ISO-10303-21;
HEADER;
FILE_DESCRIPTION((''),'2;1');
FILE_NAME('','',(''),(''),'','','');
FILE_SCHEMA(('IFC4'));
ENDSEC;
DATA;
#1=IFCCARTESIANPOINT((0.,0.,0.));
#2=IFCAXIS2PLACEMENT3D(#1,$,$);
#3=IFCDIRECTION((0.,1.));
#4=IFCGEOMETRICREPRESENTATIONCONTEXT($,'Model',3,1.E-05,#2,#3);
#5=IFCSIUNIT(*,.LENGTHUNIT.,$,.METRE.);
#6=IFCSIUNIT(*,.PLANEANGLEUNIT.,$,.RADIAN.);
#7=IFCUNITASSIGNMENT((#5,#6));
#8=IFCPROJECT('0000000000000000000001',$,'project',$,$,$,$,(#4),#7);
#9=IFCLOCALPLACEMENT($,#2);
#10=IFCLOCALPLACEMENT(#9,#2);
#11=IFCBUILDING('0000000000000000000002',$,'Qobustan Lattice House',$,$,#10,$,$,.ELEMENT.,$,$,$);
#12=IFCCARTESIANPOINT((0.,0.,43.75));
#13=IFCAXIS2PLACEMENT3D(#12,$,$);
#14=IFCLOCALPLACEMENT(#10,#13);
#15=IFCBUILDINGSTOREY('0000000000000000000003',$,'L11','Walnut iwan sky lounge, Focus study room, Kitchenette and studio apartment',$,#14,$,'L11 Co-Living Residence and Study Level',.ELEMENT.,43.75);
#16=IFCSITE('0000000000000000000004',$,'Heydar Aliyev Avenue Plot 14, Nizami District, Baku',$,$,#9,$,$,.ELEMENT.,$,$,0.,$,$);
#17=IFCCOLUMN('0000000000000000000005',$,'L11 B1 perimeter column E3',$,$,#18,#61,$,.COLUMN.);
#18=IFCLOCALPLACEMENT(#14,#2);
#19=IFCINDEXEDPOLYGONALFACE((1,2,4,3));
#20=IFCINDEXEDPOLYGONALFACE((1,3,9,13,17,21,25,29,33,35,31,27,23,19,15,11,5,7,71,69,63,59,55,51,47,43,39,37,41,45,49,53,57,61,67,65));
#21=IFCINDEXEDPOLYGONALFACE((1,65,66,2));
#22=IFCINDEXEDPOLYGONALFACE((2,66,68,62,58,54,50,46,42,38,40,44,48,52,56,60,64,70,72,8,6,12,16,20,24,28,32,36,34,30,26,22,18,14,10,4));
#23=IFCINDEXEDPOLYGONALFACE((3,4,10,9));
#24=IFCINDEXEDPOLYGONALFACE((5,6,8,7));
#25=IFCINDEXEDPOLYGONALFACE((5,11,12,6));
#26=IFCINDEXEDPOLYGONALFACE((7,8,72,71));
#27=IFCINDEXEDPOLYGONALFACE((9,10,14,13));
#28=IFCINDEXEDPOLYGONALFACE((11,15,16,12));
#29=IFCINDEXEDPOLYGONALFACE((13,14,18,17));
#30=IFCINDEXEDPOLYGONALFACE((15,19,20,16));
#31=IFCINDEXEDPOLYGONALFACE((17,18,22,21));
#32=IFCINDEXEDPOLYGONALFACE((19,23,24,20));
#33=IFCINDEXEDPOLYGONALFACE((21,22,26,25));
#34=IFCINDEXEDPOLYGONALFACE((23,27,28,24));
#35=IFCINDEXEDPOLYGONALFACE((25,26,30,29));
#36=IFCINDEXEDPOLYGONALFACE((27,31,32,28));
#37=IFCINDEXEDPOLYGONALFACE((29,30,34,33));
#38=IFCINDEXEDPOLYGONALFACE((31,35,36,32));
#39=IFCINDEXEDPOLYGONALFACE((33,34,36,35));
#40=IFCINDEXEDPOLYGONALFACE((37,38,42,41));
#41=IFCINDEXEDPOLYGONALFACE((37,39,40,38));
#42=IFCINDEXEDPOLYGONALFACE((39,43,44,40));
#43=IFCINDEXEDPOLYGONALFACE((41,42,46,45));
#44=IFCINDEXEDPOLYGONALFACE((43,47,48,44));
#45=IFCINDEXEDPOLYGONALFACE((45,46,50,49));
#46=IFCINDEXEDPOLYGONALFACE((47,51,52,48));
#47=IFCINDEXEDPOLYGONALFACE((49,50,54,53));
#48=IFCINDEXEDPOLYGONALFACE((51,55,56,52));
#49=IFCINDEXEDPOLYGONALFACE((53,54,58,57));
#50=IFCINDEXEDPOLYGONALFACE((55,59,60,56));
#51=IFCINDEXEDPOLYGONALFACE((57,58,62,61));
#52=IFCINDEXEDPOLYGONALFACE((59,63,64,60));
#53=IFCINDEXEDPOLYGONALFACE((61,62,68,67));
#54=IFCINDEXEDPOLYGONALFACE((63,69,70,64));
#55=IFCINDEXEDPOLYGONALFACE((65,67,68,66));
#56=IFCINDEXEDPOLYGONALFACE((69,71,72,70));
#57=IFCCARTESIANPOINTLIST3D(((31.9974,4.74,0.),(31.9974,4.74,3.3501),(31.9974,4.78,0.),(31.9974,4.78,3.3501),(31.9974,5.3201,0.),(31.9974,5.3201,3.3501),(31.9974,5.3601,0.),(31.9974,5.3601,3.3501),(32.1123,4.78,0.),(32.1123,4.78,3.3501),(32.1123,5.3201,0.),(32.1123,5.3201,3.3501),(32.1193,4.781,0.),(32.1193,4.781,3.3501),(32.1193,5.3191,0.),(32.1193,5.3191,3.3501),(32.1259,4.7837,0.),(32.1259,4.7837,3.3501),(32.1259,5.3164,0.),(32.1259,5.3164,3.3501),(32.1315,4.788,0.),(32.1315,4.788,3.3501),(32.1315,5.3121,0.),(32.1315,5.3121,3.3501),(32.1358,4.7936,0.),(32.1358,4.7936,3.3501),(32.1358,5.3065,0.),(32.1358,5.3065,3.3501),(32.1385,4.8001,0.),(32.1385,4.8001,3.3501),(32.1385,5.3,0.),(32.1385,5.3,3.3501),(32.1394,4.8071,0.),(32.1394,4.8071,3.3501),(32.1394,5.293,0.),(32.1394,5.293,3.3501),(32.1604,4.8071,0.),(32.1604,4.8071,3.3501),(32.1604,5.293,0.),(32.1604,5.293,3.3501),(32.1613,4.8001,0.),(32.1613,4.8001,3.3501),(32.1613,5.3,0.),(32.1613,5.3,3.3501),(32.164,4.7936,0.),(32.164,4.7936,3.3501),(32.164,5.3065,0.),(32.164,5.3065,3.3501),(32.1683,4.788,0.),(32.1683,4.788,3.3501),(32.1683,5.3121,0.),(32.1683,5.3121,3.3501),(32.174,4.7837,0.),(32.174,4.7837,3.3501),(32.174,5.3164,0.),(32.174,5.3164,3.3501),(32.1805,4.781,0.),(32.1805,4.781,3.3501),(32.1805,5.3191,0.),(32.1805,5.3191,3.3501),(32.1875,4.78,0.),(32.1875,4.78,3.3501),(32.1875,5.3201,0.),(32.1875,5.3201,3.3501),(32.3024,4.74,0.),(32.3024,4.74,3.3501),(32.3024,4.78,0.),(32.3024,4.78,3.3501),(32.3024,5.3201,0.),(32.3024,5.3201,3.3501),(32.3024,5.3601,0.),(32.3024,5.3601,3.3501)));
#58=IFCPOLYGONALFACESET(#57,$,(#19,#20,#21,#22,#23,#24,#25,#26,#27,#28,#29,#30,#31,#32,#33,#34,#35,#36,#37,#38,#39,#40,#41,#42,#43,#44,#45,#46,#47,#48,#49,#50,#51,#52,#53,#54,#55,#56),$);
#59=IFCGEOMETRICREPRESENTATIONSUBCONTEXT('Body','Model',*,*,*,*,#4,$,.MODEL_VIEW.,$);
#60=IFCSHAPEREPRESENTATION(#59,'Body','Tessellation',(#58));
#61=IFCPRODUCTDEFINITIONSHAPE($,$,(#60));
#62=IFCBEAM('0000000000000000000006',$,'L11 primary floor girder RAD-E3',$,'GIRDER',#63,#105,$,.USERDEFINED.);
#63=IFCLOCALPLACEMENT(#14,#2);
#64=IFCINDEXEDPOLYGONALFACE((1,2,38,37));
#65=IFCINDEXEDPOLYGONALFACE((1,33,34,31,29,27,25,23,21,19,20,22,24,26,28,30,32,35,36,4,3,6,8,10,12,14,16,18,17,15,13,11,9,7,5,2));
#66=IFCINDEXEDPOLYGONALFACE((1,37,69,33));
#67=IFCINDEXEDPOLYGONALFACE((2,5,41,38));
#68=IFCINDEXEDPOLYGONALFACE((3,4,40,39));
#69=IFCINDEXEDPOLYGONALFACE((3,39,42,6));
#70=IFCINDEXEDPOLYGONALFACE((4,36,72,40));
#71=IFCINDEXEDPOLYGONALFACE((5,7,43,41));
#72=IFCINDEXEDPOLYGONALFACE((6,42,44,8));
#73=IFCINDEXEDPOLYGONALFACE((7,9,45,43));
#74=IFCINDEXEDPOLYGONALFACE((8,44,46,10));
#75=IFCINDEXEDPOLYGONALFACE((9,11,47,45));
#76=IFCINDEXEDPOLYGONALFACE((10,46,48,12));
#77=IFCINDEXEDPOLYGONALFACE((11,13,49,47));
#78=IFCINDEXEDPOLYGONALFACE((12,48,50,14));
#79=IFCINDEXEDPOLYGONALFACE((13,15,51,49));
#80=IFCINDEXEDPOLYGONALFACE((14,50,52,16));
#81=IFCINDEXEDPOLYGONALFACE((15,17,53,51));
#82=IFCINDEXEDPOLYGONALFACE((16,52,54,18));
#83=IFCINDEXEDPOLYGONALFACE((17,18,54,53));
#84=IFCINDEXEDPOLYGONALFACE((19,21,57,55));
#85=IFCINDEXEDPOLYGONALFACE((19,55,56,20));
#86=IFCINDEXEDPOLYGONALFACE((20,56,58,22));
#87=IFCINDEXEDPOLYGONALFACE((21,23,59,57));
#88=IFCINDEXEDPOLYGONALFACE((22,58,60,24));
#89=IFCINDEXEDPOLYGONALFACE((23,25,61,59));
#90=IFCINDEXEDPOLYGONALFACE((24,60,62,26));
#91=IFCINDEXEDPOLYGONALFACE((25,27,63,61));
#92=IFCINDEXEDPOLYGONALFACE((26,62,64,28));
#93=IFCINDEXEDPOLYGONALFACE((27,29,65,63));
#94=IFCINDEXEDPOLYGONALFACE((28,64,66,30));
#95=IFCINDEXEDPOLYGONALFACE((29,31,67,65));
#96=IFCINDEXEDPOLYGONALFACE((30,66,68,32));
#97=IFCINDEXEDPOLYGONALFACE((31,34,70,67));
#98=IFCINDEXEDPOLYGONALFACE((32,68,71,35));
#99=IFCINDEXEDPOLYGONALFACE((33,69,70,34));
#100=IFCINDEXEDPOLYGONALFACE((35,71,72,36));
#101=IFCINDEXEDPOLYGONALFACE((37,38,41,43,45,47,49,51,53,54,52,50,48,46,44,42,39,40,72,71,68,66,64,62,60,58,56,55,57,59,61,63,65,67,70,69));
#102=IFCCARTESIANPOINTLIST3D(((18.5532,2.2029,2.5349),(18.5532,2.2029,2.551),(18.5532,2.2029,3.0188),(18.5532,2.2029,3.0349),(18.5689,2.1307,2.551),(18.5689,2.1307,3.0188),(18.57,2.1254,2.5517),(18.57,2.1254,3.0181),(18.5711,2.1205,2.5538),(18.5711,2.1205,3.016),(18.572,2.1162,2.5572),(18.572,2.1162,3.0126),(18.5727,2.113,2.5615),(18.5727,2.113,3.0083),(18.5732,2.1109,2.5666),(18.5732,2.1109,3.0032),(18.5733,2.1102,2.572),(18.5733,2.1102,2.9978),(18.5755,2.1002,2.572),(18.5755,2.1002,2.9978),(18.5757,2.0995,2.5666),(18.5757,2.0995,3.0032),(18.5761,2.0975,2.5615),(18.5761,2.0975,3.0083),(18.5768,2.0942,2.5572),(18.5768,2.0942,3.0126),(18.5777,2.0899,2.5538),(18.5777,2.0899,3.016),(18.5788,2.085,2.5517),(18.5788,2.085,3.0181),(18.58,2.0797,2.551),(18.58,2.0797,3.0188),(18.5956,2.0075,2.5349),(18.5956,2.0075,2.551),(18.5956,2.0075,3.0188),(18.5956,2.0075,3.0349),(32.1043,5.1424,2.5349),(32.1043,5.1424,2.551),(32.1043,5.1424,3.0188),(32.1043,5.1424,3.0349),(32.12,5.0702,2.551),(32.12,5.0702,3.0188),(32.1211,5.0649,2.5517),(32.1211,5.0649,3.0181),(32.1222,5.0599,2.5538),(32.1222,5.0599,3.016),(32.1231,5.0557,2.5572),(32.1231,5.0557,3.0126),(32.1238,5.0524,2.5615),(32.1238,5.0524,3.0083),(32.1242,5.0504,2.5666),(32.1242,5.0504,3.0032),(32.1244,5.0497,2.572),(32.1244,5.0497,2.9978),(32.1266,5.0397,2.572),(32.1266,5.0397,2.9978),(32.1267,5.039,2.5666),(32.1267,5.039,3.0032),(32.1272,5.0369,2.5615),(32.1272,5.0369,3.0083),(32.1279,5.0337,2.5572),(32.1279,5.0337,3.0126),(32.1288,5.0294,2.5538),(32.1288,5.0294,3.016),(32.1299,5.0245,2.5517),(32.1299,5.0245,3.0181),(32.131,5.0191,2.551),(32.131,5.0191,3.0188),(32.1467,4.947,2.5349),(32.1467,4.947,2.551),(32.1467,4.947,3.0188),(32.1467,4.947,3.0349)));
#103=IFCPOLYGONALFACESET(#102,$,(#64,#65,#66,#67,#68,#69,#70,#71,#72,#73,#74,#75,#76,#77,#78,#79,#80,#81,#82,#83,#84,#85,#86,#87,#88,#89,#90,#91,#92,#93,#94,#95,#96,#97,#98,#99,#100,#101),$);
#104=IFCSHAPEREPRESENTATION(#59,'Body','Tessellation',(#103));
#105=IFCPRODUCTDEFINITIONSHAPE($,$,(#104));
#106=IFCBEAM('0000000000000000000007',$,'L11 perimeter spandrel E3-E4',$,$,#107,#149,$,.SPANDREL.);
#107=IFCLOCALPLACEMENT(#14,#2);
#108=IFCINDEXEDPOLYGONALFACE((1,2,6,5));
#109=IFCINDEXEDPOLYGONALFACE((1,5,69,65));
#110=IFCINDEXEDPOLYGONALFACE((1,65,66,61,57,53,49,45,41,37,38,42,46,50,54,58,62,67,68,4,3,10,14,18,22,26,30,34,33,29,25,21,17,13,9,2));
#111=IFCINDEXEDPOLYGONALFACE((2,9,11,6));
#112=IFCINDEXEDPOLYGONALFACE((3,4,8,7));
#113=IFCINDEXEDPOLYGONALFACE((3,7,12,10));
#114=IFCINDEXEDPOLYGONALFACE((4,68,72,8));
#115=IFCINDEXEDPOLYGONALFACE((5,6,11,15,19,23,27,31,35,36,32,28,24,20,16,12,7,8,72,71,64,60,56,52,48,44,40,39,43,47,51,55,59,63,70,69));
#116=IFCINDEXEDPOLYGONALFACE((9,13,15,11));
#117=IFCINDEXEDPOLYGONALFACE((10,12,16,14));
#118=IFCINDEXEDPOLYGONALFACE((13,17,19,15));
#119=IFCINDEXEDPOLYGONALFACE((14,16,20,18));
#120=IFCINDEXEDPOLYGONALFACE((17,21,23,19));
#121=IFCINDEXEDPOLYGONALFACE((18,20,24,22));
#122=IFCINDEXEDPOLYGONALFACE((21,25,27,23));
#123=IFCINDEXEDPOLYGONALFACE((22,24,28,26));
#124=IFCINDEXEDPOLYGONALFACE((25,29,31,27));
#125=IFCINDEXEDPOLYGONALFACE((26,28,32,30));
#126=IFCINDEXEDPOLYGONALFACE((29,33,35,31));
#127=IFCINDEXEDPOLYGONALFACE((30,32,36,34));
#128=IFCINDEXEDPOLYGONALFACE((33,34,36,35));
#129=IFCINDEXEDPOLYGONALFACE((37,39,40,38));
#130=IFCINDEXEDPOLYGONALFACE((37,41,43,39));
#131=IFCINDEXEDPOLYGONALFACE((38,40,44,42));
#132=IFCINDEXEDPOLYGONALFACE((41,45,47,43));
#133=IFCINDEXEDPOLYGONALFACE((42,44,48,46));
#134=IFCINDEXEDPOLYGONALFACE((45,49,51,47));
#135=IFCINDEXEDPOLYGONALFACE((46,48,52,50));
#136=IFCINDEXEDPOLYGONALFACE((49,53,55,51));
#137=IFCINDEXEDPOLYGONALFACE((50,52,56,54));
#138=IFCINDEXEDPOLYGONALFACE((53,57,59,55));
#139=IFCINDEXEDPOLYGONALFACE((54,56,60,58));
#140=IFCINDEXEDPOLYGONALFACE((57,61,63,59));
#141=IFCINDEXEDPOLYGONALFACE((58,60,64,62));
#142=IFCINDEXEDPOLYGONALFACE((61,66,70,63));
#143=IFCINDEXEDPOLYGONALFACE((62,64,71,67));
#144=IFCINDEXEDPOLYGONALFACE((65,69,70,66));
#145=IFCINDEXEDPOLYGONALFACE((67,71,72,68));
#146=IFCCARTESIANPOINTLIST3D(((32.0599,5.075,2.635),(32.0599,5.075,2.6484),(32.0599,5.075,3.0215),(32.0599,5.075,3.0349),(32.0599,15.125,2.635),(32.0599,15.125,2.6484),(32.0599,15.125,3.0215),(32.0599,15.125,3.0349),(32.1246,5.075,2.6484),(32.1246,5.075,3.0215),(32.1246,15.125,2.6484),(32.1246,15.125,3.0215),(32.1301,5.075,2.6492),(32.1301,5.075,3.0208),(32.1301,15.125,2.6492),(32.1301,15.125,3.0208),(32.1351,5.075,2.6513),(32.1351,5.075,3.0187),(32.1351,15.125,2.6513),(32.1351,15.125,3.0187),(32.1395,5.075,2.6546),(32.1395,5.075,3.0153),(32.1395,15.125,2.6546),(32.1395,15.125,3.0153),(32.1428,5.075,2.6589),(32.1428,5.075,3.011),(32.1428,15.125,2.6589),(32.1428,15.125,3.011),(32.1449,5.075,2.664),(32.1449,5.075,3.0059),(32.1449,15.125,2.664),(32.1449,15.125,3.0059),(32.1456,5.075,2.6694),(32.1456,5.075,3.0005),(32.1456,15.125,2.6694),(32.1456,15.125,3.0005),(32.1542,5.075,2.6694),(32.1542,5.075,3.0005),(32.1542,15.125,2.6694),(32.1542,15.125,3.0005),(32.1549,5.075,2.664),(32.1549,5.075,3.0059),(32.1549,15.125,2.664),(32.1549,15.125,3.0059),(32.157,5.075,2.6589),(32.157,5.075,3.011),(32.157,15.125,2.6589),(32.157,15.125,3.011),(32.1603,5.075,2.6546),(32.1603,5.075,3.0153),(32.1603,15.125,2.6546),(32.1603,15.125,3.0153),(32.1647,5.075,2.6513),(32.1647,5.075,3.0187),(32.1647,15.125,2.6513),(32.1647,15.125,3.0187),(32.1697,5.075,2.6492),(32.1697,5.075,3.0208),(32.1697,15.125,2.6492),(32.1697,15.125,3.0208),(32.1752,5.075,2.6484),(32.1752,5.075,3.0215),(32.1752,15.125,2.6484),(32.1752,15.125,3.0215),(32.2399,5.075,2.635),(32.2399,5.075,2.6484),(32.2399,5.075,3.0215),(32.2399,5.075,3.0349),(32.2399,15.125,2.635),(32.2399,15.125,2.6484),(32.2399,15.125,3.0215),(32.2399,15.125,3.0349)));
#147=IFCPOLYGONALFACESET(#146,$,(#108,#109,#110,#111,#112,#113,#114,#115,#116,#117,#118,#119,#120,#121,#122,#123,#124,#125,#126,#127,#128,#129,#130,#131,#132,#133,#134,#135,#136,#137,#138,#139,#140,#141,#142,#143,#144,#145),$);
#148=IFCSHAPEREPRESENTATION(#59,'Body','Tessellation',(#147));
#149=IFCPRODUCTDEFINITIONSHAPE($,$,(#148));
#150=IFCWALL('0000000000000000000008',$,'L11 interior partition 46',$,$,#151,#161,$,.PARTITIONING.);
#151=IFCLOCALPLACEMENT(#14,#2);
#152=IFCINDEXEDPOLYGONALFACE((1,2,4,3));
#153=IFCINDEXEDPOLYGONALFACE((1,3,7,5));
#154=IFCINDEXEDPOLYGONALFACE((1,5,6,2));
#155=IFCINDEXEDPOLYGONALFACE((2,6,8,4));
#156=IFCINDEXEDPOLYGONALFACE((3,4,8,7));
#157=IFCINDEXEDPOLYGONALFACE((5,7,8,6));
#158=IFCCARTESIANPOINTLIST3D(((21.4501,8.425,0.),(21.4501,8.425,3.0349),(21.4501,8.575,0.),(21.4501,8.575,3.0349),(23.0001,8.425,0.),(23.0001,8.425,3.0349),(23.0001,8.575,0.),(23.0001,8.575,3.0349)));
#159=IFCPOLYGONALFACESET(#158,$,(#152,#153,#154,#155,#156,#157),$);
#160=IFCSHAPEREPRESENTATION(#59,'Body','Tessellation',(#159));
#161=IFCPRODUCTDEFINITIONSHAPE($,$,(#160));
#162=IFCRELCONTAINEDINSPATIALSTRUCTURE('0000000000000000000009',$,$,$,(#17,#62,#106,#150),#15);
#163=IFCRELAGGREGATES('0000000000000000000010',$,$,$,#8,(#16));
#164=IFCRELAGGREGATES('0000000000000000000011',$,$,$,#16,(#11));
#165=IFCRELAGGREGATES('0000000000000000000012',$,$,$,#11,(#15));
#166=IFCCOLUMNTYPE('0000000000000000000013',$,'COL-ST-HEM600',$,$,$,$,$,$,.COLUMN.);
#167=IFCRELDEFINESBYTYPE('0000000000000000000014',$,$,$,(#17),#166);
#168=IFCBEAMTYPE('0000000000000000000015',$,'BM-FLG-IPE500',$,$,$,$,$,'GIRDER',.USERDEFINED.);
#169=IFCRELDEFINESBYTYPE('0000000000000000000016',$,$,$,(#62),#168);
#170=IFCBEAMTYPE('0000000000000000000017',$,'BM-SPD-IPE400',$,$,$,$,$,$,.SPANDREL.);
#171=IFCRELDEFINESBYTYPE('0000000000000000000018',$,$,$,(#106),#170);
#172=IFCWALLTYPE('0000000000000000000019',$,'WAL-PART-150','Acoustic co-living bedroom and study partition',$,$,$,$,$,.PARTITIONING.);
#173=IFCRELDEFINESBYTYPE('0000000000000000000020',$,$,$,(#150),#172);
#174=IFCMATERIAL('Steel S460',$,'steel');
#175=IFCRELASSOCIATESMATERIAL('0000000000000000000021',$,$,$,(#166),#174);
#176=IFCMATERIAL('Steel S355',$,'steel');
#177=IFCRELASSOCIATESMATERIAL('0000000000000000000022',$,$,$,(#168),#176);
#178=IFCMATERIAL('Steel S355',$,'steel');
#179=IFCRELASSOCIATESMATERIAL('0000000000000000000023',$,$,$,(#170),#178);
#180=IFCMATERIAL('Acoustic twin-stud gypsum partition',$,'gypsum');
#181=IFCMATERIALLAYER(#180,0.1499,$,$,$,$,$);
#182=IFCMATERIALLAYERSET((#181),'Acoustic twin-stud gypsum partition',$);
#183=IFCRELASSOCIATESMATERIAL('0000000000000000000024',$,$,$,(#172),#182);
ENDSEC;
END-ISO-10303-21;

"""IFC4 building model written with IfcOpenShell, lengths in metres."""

from ifc_helpers import new_model, si_unit, direction, frame, frame_2d, origin, origin_2d, place, context, subcontext, project, spatial, rectangle, i_section, extrude, material, layer, layer_set, material_profile, profile_set, type_object, element, save


model = new_model("IFC4")

# Units and contexts
model_context = context("Model", 3, precision=1e-05, world=origin(), true_north=direction((0.0, 1.0)))
body_context = subcontext(model_context, "Body", "Model", "MODEL_VIEW")
ifc_project = project(units=[si_unit("LENGTHUNIT", "METRE"), si_unit("PLANEANGLEUNIT", "RADIAN")], contexts=[model_context])

# Site, building, storey
site_placement = place(None, origin())
site = spatial("IfcSite", under=ifc_project, at=site_placement, Name="Heydar Aliyev Avenue Plot 14, Nizami District, Baku", CompositionType="ELEMENT", RefElevation=0.0)
building_placement = place(site_placement, origin())
building = spatial("IfcBuilding", under=site, at=building_placement, Name="Qobustan Lattice House", CompositionType="ELEMENT")
storey_placement = place(building_placement, frame((0.0, 0.0, 43.75)))
storey = spatial("IfcBuildingStorey", under=building, at=storey_placement, Name="L11", Description="Walnut iwan sky lounge, Focus study room, Kitchenette and studio apartment", LongName="L11 Co-Living Residence and Study Level", CompositionType="ELEMENT", Elevation=43.75)

# Column
ifc_material_1 = material(Name="Steel S460", Category="steel")
ifc_material_profile_1 = material_profile(ifc_material_1, i_section(OverallWidth=0.3049, OverallDepth=0.6201, WebThickness=0.021, FlangeThickness=0.04, FilletRadius=0.0271, at=origin_2d()), Name="HEM600")
ifc_profile_set_1 = profile_set([ifc_material_profile_1], Name="Steel S460")
column_type = type_object("IfcColumnType", Name="COL-ST-HEM600", PredefinedType="COLUMN", material=ifc_profile_set_1)
column_placement = place(storey_placement, frame((32.1499, 5.05, 0.0), z_axis=(0.0, 0.0, 1.0), x_axis=(1.0, 0.0, 0.0)))
element("IfcColumn", 1, at=column_placement, inside=storey, type_object=column_type, Name="L11 B1 perimeter column E3", PredefinedType="COLUMN", context=body_context, shape_type="SweptSolid", body=[
    extrude(i_section(OverallWidth=0.3049, OverallDepth=0.6201, WebThickness=0.021, FlangeThickness=0.04, FilletRadius=0.0271, at=origin_2d()), origin(), (0.0, 0.0, 1.0), 3.3501),
])

# Beams
ifc_material_2 = material(Name="Steel S355", Category="steel")
ifc_material_profile_2 = material_profile(ifc_material_2, i_section(OverallWidth=0.2, OverallDepth=0.5, WebThickness=0.0103, FlangeThickness=0.0161, FilletRadius=0.021, at=origin_2d()), Name="IPE500")
ifc_profile_set_2 = profile_set([ifc_material_profile_2], Name="Steel S355")
beam_type_1 = type_object("IfcBeamType", Name="BM-FLG-IPE500", ElementType="GIRDER", PredefinedType="USERDEFINED", material=ifc_profile_set_2)
beam_1_placement = place(storey_placement, frame((32.1255, 5.0447, 2.7849), z_axis=(-0.977272, -0.211987, 0.0), x_axis=(0.211987, -0.977272, 0.0)))
element("IfcBeam", 2, at=beam_1_placement, inside=storey, type_object=beam_type_1, Name="L11 primary floor girder RAD-E3", ObjectType="GIRDER", PredefinedType="USERDEFINED", context=body_context, shape_type="SweptSolid", body=[
    extrude(i_section(OverallWidth=0.2, OverallDepth=0.5, WebThickness=0.0103, FlangeThickness=0.0161, FilletRadius=0.021, at=origin_2d()), origin(), (0.0, 0.0, 1.0), 13.8662),
])
ifc_material_3 = material(Name="Steel S355", Category="steel")
ifc_material_profile_3 = material_profile(ifc_material_3, i_section(OverallWidth=0.1799, OverallDepth=0.3999, WebThickness=0.0085, FlangeThickness=0.0134, FilletRadius=0.021, at=origin_2d()), Name="IPE400")
ifc_profile_set_3 = profile_set([ifc_material_profile_3], Name="Steel S355")
beam_type_2 = type_object("IfcBeamType", Name="BM-SPD-IPE400", PredefinedType="SPANDREL", material=ifc_profile_set_3)
beam_2_placement = place(storey_placement, frame((32.1499, 5.075, 2.835), z_axis=(0.0, 1.0, 0.0), x_axis=(-1.0, 0.0, 0.0)))
element("IfcBeam", 3, at=beam_2_placement, inside=storey, type_object=beam_type_2, Name="L11 perimeter spandrel E3-E4", PredefinedType="SPANDREL", context=body_context, shape_type="SweptSolid", body=[
    extrude(i_section(OverallWidth=0.1799, OverallDepth=0.3999, WebThickness=0.0085, FlangeThickness=0.0134, FilletRadius=0.021, at=origin_2d()), origin(), (0.0, 0.0, 1.0), 10.05),
])

# Wall
ifc_material_4 = material(Name="Acoustic twin-stud gypsum partition", Category="gypsum")
ifc_layer_1 = layer(ifc_material_4, 0.1499)
ifc_layer_set_1 = layer_set([ifc_layer_1], Name="Acoustic twin-stud gypsum partition")
wall_type_1 = type_object("IfcWallType", Name="WAL-PART-150", Description="Acoustic co-living bedroom and study partition", PredefinedType="PARTITIONING", material=ifc_layer_set_1)
wall_1_placement = place(storey_placement, frame((23.0, 8.5, 0.0), z_axis=(0.0, 0.0, 1.0), x_axis=(-1.0, 0.0, 0.0)))
element("IfcWall", 4, at=wall_1_placement, inside=storey, type_object=wall_type_1, Name="L11 interior partition 46", PredefinedType="PARTITIONING", context=body_context, shape_type="SweptSolid", body=[
    extrude(rectangle(XDim=1.55, YDim=0.1499, at=frame_2d((0.7749, 0.0))), origin(), (0.0, 0.0, 1.0), 3.0349),
])

save(model, "model.ifc")
